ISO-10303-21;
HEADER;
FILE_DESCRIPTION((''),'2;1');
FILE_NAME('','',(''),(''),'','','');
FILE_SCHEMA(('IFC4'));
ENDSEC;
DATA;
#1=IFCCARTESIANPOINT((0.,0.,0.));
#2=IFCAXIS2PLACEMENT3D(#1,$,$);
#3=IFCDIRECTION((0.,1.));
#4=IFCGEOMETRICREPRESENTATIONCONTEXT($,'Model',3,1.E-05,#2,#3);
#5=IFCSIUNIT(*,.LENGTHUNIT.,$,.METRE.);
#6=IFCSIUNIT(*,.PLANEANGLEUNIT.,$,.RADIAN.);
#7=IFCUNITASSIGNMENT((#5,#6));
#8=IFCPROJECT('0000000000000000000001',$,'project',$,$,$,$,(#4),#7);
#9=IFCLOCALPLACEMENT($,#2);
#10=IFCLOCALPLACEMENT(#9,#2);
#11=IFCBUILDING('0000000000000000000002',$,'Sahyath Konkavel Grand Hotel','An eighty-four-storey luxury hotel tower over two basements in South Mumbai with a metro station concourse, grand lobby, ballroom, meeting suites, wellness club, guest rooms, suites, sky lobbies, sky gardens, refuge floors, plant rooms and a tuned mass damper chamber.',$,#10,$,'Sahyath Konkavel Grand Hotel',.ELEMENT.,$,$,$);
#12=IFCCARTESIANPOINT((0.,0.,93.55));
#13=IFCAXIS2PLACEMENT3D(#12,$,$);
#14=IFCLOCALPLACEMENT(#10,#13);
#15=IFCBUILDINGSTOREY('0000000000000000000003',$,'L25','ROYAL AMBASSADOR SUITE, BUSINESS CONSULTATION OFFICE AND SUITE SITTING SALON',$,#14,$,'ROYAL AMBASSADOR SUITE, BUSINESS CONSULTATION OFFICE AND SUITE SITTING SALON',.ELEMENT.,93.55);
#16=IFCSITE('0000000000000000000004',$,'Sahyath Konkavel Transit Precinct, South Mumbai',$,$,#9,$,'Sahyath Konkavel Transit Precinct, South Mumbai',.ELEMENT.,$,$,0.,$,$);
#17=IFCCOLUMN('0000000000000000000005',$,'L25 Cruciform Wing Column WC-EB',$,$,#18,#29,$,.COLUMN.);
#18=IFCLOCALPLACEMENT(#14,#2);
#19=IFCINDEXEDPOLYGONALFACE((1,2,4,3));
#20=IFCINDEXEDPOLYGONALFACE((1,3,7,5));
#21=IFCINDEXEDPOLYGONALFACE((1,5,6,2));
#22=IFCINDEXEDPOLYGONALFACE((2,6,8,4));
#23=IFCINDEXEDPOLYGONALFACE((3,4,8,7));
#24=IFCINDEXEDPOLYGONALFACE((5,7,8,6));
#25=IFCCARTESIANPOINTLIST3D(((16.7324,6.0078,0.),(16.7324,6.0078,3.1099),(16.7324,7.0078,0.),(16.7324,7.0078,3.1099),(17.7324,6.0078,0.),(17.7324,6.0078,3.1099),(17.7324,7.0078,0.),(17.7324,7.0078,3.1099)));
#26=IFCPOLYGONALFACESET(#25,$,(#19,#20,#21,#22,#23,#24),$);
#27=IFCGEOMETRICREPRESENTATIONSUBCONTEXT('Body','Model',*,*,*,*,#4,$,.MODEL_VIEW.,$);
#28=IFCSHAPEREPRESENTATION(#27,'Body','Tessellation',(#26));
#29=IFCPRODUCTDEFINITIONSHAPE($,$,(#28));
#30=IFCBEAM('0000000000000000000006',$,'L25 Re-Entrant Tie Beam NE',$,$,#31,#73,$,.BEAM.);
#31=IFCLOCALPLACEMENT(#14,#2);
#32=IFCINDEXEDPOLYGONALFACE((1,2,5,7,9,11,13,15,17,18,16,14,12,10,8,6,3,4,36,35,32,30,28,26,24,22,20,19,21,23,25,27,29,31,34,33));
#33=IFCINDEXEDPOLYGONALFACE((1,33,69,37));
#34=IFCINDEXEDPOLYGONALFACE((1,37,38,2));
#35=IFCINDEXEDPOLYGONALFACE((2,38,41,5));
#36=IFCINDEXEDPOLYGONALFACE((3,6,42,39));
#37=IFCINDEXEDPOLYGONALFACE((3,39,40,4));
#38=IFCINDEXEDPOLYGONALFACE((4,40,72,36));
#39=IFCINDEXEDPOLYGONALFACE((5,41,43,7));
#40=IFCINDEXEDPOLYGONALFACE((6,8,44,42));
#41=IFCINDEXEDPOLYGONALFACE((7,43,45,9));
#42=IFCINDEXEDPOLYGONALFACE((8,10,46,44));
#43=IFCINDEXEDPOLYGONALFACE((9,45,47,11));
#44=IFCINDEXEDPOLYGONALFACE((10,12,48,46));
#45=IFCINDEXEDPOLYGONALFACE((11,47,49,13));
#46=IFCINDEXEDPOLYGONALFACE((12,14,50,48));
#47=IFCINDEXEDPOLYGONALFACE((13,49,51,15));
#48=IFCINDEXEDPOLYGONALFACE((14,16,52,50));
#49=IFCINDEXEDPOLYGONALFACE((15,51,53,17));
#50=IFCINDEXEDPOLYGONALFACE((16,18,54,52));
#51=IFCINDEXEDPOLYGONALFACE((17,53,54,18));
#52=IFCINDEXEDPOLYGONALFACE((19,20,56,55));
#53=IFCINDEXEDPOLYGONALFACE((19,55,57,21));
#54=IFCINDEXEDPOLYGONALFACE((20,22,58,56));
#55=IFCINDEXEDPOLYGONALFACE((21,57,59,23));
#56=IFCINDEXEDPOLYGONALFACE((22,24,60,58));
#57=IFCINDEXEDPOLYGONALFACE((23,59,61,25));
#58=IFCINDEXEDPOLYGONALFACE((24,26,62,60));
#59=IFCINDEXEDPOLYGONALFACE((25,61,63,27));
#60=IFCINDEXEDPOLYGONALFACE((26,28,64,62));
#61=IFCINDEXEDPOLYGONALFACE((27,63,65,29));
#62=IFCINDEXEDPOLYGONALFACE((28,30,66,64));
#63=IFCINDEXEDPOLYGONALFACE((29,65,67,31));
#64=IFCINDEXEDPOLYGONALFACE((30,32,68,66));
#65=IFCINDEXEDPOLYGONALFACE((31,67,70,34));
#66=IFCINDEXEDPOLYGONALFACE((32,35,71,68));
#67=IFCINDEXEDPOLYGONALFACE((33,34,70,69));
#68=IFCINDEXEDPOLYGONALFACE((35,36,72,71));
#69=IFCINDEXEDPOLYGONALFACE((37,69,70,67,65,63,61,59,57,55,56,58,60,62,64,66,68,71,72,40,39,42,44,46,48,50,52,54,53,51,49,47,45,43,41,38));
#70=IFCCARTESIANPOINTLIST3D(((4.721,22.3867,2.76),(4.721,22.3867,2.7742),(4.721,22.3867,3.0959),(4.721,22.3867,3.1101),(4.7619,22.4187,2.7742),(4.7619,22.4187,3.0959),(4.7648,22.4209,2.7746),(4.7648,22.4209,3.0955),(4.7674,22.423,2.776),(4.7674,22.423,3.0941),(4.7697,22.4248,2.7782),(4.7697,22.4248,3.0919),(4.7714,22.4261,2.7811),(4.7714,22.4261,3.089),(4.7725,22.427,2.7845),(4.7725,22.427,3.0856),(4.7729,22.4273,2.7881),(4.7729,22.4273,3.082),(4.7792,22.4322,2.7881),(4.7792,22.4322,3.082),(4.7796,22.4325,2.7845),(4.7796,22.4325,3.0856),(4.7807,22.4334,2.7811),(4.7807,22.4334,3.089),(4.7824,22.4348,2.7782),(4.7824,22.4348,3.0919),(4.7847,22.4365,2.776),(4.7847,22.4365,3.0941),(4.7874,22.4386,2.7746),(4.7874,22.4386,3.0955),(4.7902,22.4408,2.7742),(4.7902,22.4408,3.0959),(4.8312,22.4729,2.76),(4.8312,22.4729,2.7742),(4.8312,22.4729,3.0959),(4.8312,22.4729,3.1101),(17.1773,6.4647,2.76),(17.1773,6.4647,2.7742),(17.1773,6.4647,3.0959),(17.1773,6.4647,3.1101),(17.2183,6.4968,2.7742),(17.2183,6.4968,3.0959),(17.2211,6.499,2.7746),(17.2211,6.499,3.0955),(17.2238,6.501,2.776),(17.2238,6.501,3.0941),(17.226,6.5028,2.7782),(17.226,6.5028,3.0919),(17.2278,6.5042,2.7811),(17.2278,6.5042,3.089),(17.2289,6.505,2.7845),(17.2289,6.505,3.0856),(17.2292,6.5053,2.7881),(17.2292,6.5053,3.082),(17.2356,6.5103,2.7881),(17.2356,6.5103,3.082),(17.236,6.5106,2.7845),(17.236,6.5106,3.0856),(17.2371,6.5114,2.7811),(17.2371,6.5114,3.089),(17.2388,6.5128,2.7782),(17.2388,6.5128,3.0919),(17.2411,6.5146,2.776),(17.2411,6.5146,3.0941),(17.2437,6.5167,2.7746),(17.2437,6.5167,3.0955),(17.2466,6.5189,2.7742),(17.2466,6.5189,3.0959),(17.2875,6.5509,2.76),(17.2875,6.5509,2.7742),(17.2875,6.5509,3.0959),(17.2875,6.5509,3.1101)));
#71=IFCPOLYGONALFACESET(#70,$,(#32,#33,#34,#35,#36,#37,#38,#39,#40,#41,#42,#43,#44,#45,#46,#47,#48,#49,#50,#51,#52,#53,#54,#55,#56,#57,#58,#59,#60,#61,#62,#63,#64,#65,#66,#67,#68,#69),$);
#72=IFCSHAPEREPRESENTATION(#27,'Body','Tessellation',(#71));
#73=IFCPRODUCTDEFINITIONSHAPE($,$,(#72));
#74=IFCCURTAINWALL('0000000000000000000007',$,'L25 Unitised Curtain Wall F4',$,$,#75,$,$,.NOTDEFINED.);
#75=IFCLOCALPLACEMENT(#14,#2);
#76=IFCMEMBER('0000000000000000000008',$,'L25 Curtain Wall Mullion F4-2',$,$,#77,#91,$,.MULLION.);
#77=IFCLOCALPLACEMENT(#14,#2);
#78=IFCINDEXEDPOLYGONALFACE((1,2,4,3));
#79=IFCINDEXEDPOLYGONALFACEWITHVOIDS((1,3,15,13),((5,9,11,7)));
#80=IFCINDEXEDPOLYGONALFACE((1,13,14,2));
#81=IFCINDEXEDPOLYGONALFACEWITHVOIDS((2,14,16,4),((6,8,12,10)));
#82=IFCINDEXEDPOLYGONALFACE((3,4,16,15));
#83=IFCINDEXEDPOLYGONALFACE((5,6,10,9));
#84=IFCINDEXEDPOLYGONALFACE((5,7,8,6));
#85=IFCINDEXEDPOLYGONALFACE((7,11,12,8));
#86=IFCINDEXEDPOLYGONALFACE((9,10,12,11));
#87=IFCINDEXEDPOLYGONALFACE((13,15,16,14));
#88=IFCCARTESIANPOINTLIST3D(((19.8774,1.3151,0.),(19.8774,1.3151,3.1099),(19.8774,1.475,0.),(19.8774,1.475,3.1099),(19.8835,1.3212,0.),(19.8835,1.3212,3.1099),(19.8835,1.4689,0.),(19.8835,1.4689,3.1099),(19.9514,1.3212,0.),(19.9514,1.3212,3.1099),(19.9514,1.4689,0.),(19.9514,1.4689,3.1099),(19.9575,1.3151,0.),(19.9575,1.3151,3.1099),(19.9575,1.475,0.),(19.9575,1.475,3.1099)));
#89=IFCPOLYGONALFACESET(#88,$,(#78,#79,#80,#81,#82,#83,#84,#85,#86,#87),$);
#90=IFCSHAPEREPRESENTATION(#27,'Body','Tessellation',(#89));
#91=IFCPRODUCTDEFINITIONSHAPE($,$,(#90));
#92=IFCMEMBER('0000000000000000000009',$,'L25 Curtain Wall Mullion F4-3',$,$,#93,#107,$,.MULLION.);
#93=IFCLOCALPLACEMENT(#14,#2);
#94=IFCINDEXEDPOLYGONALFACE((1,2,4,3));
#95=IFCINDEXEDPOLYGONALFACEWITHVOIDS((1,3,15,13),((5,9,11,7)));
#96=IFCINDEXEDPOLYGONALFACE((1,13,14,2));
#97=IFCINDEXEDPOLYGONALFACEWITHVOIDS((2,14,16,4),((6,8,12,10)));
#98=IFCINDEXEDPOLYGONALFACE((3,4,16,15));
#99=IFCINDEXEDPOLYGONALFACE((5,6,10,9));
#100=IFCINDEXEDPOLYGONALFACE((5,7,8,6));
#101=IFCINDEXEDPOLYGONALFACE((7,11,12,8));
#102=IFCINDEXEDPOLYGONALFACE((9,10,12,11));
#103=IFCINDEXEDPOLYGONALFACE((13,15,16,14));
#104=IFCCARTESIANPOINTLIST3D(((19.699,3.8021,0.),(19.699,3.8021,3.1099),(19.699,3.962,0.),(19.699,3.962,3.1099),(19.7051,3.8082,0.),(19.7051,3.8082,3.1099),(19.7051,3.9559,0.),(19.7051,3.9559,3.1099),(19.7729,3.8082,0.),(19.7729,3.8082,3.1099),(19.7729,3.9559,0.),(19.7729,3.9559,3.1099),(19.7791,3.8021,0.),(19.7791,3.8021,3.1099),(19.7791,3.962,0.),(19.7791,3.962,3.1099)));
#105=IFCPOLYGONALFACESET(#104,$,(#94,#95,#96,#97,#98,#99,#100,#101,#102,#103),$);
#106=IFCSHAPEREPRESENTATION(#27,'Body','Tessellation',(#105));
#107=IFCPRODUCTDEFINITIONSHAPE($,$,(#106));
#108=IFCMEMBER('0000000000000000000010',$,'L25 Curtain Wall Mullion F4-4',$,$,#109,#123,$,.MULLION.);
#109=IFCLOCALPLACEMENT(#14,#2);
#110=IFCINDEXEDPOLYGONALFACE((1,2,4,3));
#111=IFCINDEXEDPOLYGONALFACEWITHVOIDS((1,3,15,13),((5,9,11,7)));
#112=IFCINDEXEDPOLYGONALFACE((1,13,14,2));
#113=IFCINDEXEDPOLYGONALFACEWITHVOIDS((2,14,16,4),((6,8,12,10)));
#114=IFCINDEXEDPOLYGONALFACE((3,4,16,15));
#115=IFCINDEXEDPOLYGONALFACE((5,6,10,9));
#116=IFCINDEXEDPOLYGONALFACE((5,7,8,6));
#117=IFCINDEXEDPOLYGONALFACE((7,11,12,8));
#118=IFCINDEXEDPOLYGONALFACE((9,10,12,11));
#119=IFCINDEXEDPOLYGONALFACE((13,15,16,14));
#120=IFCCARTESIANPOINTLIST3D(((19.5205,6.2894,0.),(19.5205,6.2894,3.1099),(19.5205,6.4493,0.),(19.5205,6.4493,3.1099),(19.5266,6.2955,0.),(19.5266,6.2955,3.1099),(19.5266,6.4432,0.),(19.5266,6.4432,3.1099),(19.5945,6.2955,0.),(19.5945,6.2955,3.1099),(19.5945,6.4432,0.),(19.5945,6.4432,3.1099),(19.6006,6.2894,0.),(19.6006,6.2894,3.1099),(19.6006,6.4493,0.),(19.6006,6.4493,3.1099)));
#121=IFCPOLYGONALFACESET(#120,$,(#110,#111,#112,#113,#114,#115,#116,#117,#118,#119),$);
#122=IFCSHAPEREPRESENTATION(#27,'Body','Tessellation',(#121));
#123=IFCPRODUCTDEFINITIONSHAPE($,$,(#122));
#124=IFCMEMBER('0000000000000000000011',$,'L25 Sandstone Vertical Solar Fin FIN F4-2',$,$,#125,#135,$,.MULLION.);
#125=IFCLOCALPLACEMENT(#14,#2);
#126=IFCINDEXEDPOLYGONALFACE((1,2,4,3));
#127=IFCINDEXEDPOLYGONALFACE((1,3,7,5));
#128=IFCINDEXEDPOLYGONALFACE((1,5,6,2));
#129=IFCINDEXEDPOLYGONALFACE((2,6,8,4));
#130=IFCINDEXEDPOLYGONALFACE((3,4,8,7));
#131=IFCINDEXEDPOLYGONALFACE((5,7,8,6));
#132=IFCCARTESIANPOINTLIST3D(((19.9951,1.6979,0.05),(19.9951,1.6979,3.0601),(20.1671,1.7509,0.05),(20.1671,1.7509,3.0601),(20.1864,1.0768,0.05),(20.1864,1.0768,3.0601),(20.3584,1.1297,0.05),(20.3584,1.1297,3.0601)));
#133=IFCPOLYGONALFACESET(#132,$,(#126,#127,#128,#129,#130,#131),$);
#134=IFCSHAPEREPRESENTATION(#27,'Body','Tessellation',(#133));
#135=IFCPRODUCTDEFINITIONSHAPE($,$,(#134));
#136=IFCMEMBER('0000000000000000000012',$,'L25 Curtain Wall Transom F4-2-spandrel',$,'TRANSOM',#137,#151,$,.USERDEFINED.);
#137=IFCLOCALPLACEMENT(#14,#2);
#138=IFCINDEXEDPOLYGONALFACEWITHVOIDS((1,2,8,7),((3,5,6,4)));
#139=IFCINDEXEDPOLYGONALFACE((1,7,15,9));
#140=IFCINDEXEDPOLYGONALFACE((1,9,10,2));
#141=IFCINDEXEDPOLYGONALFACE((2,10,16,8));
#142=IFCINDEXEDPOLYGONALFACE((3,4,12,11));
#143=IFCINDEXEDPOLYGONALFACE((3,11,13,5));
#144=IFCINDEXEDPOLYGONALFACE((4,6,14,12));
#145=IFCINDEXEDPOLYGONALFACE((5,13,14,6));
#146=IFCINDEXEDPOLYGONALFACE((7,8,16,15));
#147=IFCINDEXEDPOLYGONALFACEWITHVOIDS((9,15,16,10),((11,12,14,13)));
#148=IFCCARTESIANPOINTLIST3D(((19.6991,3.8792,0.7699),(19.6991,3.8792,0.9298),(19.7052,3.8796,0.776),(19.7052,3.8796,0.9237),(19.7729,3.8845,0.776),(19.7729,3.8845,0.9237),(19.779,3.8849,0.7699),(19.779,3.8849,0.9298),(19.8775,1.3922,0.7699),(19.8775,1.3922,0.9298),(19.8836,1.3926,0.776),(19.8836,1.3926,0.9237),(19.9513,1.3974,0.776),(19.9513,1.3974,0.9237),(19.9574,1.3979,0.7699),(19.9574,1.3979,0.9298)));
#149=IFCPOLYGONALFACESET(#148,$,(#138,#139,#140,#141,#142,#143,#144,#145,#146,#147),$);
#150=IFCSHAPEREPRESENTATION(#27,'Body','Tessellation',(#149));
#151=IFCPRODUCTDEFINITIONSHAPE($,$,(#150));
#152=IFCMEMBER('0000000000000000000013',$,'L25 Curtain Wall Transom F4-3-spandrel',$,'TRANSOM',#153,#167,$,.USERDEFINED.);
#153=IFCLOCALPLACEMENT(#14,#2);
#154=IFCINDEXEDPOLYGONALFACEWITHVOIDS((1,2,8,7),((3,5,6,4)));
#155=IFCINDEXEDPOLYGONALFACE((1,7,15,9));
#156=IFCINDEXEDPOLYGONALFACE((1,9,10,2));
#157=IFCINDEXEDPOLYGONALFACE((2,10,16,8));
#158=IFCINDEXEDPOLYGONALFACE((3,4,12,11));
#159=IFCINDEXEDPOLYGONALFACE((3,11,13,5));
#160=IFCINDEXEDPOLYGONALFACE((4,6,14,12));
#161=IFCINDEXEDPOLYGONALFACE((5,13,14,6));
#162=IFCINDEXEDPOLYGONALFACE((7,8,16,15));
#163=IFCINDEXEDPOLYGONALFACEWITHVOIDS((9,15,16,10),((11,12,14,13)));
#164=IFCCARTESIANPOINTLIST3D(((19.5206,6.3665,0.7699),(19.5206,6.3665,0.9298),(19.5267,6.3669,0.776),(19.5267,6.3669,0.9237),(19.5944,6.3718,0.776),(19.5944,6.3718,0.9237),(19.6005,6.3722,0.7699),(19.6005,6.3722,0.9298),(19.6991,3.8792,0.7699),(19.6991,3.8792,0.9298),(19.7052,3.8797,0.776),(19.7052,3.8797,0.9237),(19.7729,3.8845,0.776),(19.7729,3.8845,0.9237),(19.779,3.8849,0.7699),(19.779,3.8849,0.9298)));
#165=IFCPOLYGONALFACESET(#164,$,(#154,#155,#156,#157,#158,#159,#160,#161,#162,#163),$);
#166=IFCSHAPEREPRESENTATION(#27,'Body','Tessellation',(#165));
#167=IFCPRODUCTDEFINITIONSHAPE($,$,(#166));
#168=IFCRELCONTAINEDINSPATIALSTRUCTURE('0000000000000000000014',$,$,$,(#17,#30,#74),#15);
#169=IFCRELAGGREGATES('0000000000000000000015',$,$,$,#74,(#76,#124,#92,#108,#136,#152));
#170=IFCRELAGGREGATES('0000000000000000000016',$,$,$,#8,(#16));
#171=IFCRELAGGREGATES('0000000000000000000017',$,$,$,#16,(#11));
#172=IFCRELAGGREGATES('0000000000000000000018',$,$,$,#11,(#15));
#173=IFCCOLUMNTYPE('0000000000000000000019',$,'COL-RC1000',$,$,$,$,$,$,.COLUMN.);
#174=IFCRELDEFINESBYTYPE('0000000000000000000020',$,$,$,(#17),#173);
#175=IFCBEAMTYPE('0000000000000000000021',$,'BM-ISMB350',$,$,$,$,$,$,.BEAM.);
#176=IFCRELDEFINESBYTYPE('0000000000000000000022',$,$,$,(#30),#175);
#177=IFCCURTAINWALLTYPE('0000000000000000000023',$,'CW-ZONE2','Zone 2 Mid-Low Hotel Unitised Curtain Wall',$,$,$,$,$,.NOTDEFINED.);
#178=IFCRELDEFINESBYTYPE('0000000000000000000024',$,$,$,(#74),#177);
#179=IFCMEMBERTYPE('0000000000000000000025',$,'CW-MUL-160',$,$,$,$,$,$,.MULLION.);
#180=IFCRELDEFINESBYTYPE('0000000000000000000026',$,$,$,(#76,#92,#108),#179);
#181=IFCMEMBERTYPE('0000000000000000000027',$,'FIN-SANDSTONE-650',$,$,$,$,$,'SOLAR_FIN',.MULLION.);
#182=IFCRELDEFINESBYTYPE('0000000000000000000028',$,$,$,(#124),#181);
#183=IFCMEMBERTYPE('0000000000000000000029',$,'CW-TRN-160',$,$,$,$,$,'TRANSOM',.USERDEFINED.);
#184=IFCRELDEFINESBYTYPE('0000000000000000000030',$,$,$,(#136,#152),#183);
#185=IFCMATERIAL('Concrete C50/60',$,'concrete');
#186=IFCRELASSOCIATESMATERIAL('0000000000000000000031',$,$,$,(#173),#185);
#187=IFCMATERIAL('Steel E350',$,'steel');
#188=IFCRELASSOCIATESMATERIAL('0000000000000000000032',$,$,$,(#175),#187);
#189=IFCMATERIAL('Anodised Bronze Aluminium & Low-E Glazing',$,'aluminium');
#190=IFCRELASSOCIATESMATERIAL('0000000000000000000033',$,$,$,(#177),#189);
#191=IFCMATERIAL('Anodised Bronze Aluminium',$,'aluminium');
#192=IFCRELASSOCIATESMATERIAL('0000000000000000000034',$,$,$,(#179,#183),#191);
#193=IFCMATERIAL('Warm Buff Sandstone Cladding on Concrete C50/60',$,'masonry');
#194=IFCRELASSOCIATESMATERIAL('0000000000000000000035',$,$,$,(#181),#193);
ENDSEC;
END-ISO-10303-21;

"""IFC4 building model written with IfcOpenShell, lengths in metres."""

from ifc_helpers import new_model, si_unit, direction, frame, origin, origin_2d, place, context, subcontext, project, spatial, rectangle, hollow_rectangle, i_section, extrude, source, transform, mapped, material, material_profile, profile_set, type_object, element, aggregate, save


model = new_model("IFC4")

# Units and contexts
model_context = context("Model", 3, precision=1e-05, world=origin(), true_north=direction((0.0, 1.0)))
body_context = subcontext(model_context, "Body", "Model", "MODEL_VIEW")
ifc_project = project(units=[si_unit("LENGTHUNIT", "METRE"), si_unit("PLANEANGLEUNIT", "RADIAN")], contexts=[model_context])

# Site, building, storey
site_placement = place(None, origin())
site = spatial("IfcSite", under=ifc_project, at=site_placement, Name="Sahyath Konkavel Transit Precinct, South Mumbai", LongName="Sahyath Konkavel Transit Precinct, South Mumbai", CompositionType="ELEMENT", RefElevation=0.0)
building_placement = place(site_placement, origin())
building = spatial("IfcBuilding", under=site, at=building_placement, Name="Sahyath Konkavel Grand Hotel", Description="An eighty-four-storey luxury hotel tower over two basements in South Mumbai with a metro station concourse, grand lobby, ballroom, meeting suites, wellness club, guest rooms, suites, sky lobbies, sky gardens, refuge floors, plant rooms and a tuned mass damper chamber.", LongName="Sahyath Konkavel Grand Hotel", CompositionType="ELEMENT")
storey_placement = place(building_placement, frame((0.0, 0.0, 93.55)))
storey = spatial("IfcBuildingStorey", under=building, at=storey_placement, Name="L25", Description="ROYAL AMBASSADOR SUITE, BUSINESS CONSULTATION OFFICE AND SUITE SITTING SALON", LongName="ROYAL AMBASSADOR SUITE, BUSINESS CONSULTATION OFFICE AND SUITE SITTING SALON", CompositionType="ELEMENT", Elevation=93.55)

# Column
ifc_material_1 = material(Name="Concrete C50/60", Category="concrete")
ifc_material_profile_1 = material_profile(ifc_material_1, rectangle(XDim=1.0, YDim=1.0, at=origin_2d()), Name="RC 1000x1000")
ifc_profile_set_1 = profile_set([ifc_material_profile_1], Name="Concrete C50/60")
column_type = type_object("IfcColumnType", Name="COL-RC1000", PredefinedType="COLUMN", material=ifc_profile_set_1)
shared_shape_1 = source(origin(), body_context, "Body", "SweptSolid", [
    extrude(rectangle(XDim=1.0, YDim=1.0, at=origin_2d()), origin(), (0.0, 0.0, 1.0), 3.1099),
])
column_placement = place(storey_placement, frame((17.2324, 6.5078, 0.0), z_axis=(0.0, 0.0, 1.0), x_axis=(1.0, 0.0, 0.0)))
element("IfcColumn", 1, at=column_placement, inside=storey, type_object=column_type, Name="L25 Cruciform Wing Column WC-EB", PredefinedType="COLUMN", context=body_context, shape_type="MappedRepresentation", body=[
    mapped(shared_shape_1, transform((0.0, 0.0, 0.0), scale=1.0)),
])

# Beam
ifc_material_2 = material(Name="Steel E350", Category="steel")
ifc_material_profile_2 = material_profile(ifc_material_2, i_section(OverallWidth=0.1399, OverallDepth=0.3501, WebThickness=0.0081, FlangeThickness=0.0142, FilletRadius=0.0139, at=origin_2d()), Name="ISMB 350")
ifc_profile_set_2 = profile_set([ifc_material_profile_2], Name="Steel E350")
beam_type_1 = type_object("IfcBeamType", Name="BM-ISMB350", PredefinedType="BEAM", material=ifc_profile_set_2)
shared_shape_2 = source(origin(), body_context, "Body", "SweptSolid", [
    extrude(i_section(OverallWidth=0.1399, OverallDepth=0.3501, WebThickness=0.0081, FlangeThickness=0.0142, FilletRadius=0.0139, at=origin_2d()), origin(), (0.0, 0.0, 1.0), 20.2156),
])
beam_1_placement = place(storey_placement, frame((17.2324, 6.5078, 2.9351), z_axis=(-0.616176, 0.787608, 0.0), x_axis=(-0.787608, -0.616176, 0.0)))
element("IfcBeam", 2, at=beam_1_placement, inside=storey, type_object=beam_type_1, Name="L25 Re-Entrant Tie Beam NE", PredefinedType="BEAM", context=body_context, shape_type="MappedRepresentation", body=[
    mapped(shared_shape_2, transform((0.0, 0.0, 0.0), scale=1.0)),
])

# Curtain wall, members
ifc_material_3 = material(Name="Anodised Bronze Aluminium & Low-E Glazing", Category="aluminium")
curtain_wall_type = type_object("IfcCurtainWallType", Name="CW-ZONE2", Description="Zone 2 Mid-Low Hotel Unitised Curtain Wall", PredefinedType="NOTDEFINED", material=ifc_material_3)
curtain_wall_placement = place(storey_placement, origin())
curtain_wall = element("IfcCurtainWall", 3, at=curtain_wall_placement, inside=storey, type_object=curtain_wall_type, Name="L25 Unitised Curtain Wall F4", PredefinedType="NOTDEFINED")
ifc_material_4 = material(Name="Anodised Bronze Aluminium", Category="aluminium")
ifc_material_profile_3 = material_profile(ifc_material_4, hollow_rectangle(XDim=0.0801, YDim=0.1599, WallThickness=0.0061, at=origin_2d()), Name="RHS 160x80x6")
ifc_profile_set_3 = profile_set([ifc_material_profile_3], Name="Anodised Bronze Aluminium")
member_type_1 = type_object("IfcMemberType", Name="CW-MUL-160", PredefinedType="MULLION", material=ifc_profile_set_3)
shared_shape_3 = source(origin(), body_context, "Body", "SweptSolid", [
    extrude(hollow_rectangle(XDim=0.0801, YDim=0.1599, WallThickness=0.0061, at=origin_2d()), origin(), (0.0, 0.0, 1.0), 3.1099),
])
member_1_placement = place(storey_placement, frame((19.9175, 1.395, 0.0), z_axis=(0.0, 0.0, 1.0), x_axis=(1.0, 0.0, 0.0)))
member_1 = element("IfcMember", 4, at=member_1_placement, type_object=member_type_1, Name="L25 Curtain Wall Mullion F4-2", PredefinedType="MULLION", context=body_context, shape_type="MappedRepresentation", body=[
    mapped(shared_shape_3, transform((0.0, 0.0, 0.0), scale=1.0)),
])
member_2_placement = place(storey_placement, frame((19.739, 3.8821, 0.0), z_axis=(0.0, 0.0, 1.0), x_axis=(1.0, 0.0, 0.0)))
member_2 = element("IfcMember", 5, at=member_2_placement, type_object=member_type_1, Name="L25 Curtain Wall Mullion F4-3", PredefinedType="MULLION", context=body_context, shape_type="MappedRepresentation", body=[
    mapped(shared_shape_3, transform((0.0, 0.0, 0.0), scale=1.0)),
])
member_3_placement = place(storey_placement, frame((19.5605, 6.3694, 0.0), z_axis=(0.0, 0.0, 1.0), x_axis=(1.0, 0.0, 0.0)))
member_3 = element("IfcMember", 6, at=member_3_placement, type_object=member_type_1, Name="L25 Curtain Wall Mullion F4-4", PredefinedType="MULLION", context=body_context, shape_type="MappedRepresentation", body=[
    mapped(shared_shape_3, transform((0.0, 0.0, 0.0), scale=1.0)),
])
ifc_material_5 = material(Name="Warm Buff Sandstone Cladding on Concrete C50/60", Category="masonry")
ifc_material_profile_4 = material_profile(ifc_material_5, rectangle(XDim=0.1799, YDim=0.6499, at=origin_2d()), Name="FIN 180x650")
ifc_profile_set_4 = profile_set([ifc_material_profile_4], Name="Warm Buff Sandstone Cladding on Concrete C50/60")
member_type_2 = type_object("IfcMemberType", Name="FIN-SANDSTONE-650", ElementType="SOLAR_FIN", PredefinedType="MULLION", material=ifc_profile_set_4)
shared_shape_4 = source(origin(), body_context, "Body", "SweptSolid", [
    extrude(rectangle(XDim=0.1799, YDim=0.6499, at=origin_2d()), origin(), (0.0, 0.0, 1.0), 3.01),
])
member_4_placement = place(storey_placement, frame((20.1768, 1.4138, 0.05), z_axis=(0.0, 0.0, 1.0), x_axis=(0.95569, 0.294374, 0.0)))
member_4 = element("IfcMember", 7, at=member_4_placement, type_object=member_type_2, Name="L25 Sandstone Vertical Solar Fin FIN F4-2", PredefinedType="MULLION", context=body_context, shape_type="MappedRepresentation", body=[
    mapped(shared_shape_4, transform((0.0, 0.0, 0.0), scale=1.0)),
])
ifc_material_profile_5 = material_profile(ifc_material_4, hollow_rectangle(XDim=0.0801, YDim=0.1599, WallThickness=0.0061, at=origin_2d()), Name="RHS 160x80x6")
ifc_profile_set_5 = profile_set([ifc_material_profile_5], Name="Anodised Bronze Aluminium")
member_type_3 = type_object("IfcMemberType", Name="CW-TRN-160", ElementType="TRANSOM", PredefinedType="USERDEFINED", material=ifc_profile_set_5)
shared_shape_5 = source(origin(), body_context, "Body", "SweptSolid", [
    extrude(hollow_rectangle(XDim=0.0801, YDim=0.1599, WallThickness=0.0061, at=origin_2d()), origin(), (0.0, 0.0, 1.0), 2.4934),
])
member_5_placement = place(storey_placement, frame((19.9175, 1.395, 0.8499), z_axis=(-0.071574, 0.997435, 0.0), x_axis=(-0.997435, -0.071574, 0.0)))
member_5 = element("IfcMember", 8, at=member_5_placement, type_object=member_type_3, Name="L25 Curtain Wall Transom F4-2-spandrel", ObjectType="TRANSOM", PredefinedType="USERDEFINED", context=body_context, shape_type="MappedRepresentation", body=[
    mapped(shared_shape_5, transform((0.0, 0.0, 0.0), scale=1.0)),
])
shared_shape_6 = source(origin(), body_context, "Body", "SweptSolid", [
    extrude(hollow_rectangle(XDim=0.0801, YDim=0.1599, WallThickness=0.0061, at=origin_2d()), origin(), (0.0, 0.0, 1.0), 2.4937),
])
member_6_placement = place(storey_placement, frame((19.739, 3.8821, 0.8499), z_axis=(-0.071567, 0.997436, 0.0), x_axis=(-0.997436, -0.071567, 0.0)))
member_6 = element("IfcMember", 9, at=member_6_placement, type_object=member_type_3, Name="L25 Curtain Wall Transom F4-3-spandrel", ObjectType="TRANSOM", PredefinedType="USERDEFINED", context=body_context, shape_type="MappedRepresentation", body=[
    mapped(shared_shape_6, transform((0.0, 0.0, 0.0), scale=1.0)),
])

aggregate(curtain_wall, [member_1, member_4, member_2, member_3, member_5, member_6])

save(model, "model.ifc")
